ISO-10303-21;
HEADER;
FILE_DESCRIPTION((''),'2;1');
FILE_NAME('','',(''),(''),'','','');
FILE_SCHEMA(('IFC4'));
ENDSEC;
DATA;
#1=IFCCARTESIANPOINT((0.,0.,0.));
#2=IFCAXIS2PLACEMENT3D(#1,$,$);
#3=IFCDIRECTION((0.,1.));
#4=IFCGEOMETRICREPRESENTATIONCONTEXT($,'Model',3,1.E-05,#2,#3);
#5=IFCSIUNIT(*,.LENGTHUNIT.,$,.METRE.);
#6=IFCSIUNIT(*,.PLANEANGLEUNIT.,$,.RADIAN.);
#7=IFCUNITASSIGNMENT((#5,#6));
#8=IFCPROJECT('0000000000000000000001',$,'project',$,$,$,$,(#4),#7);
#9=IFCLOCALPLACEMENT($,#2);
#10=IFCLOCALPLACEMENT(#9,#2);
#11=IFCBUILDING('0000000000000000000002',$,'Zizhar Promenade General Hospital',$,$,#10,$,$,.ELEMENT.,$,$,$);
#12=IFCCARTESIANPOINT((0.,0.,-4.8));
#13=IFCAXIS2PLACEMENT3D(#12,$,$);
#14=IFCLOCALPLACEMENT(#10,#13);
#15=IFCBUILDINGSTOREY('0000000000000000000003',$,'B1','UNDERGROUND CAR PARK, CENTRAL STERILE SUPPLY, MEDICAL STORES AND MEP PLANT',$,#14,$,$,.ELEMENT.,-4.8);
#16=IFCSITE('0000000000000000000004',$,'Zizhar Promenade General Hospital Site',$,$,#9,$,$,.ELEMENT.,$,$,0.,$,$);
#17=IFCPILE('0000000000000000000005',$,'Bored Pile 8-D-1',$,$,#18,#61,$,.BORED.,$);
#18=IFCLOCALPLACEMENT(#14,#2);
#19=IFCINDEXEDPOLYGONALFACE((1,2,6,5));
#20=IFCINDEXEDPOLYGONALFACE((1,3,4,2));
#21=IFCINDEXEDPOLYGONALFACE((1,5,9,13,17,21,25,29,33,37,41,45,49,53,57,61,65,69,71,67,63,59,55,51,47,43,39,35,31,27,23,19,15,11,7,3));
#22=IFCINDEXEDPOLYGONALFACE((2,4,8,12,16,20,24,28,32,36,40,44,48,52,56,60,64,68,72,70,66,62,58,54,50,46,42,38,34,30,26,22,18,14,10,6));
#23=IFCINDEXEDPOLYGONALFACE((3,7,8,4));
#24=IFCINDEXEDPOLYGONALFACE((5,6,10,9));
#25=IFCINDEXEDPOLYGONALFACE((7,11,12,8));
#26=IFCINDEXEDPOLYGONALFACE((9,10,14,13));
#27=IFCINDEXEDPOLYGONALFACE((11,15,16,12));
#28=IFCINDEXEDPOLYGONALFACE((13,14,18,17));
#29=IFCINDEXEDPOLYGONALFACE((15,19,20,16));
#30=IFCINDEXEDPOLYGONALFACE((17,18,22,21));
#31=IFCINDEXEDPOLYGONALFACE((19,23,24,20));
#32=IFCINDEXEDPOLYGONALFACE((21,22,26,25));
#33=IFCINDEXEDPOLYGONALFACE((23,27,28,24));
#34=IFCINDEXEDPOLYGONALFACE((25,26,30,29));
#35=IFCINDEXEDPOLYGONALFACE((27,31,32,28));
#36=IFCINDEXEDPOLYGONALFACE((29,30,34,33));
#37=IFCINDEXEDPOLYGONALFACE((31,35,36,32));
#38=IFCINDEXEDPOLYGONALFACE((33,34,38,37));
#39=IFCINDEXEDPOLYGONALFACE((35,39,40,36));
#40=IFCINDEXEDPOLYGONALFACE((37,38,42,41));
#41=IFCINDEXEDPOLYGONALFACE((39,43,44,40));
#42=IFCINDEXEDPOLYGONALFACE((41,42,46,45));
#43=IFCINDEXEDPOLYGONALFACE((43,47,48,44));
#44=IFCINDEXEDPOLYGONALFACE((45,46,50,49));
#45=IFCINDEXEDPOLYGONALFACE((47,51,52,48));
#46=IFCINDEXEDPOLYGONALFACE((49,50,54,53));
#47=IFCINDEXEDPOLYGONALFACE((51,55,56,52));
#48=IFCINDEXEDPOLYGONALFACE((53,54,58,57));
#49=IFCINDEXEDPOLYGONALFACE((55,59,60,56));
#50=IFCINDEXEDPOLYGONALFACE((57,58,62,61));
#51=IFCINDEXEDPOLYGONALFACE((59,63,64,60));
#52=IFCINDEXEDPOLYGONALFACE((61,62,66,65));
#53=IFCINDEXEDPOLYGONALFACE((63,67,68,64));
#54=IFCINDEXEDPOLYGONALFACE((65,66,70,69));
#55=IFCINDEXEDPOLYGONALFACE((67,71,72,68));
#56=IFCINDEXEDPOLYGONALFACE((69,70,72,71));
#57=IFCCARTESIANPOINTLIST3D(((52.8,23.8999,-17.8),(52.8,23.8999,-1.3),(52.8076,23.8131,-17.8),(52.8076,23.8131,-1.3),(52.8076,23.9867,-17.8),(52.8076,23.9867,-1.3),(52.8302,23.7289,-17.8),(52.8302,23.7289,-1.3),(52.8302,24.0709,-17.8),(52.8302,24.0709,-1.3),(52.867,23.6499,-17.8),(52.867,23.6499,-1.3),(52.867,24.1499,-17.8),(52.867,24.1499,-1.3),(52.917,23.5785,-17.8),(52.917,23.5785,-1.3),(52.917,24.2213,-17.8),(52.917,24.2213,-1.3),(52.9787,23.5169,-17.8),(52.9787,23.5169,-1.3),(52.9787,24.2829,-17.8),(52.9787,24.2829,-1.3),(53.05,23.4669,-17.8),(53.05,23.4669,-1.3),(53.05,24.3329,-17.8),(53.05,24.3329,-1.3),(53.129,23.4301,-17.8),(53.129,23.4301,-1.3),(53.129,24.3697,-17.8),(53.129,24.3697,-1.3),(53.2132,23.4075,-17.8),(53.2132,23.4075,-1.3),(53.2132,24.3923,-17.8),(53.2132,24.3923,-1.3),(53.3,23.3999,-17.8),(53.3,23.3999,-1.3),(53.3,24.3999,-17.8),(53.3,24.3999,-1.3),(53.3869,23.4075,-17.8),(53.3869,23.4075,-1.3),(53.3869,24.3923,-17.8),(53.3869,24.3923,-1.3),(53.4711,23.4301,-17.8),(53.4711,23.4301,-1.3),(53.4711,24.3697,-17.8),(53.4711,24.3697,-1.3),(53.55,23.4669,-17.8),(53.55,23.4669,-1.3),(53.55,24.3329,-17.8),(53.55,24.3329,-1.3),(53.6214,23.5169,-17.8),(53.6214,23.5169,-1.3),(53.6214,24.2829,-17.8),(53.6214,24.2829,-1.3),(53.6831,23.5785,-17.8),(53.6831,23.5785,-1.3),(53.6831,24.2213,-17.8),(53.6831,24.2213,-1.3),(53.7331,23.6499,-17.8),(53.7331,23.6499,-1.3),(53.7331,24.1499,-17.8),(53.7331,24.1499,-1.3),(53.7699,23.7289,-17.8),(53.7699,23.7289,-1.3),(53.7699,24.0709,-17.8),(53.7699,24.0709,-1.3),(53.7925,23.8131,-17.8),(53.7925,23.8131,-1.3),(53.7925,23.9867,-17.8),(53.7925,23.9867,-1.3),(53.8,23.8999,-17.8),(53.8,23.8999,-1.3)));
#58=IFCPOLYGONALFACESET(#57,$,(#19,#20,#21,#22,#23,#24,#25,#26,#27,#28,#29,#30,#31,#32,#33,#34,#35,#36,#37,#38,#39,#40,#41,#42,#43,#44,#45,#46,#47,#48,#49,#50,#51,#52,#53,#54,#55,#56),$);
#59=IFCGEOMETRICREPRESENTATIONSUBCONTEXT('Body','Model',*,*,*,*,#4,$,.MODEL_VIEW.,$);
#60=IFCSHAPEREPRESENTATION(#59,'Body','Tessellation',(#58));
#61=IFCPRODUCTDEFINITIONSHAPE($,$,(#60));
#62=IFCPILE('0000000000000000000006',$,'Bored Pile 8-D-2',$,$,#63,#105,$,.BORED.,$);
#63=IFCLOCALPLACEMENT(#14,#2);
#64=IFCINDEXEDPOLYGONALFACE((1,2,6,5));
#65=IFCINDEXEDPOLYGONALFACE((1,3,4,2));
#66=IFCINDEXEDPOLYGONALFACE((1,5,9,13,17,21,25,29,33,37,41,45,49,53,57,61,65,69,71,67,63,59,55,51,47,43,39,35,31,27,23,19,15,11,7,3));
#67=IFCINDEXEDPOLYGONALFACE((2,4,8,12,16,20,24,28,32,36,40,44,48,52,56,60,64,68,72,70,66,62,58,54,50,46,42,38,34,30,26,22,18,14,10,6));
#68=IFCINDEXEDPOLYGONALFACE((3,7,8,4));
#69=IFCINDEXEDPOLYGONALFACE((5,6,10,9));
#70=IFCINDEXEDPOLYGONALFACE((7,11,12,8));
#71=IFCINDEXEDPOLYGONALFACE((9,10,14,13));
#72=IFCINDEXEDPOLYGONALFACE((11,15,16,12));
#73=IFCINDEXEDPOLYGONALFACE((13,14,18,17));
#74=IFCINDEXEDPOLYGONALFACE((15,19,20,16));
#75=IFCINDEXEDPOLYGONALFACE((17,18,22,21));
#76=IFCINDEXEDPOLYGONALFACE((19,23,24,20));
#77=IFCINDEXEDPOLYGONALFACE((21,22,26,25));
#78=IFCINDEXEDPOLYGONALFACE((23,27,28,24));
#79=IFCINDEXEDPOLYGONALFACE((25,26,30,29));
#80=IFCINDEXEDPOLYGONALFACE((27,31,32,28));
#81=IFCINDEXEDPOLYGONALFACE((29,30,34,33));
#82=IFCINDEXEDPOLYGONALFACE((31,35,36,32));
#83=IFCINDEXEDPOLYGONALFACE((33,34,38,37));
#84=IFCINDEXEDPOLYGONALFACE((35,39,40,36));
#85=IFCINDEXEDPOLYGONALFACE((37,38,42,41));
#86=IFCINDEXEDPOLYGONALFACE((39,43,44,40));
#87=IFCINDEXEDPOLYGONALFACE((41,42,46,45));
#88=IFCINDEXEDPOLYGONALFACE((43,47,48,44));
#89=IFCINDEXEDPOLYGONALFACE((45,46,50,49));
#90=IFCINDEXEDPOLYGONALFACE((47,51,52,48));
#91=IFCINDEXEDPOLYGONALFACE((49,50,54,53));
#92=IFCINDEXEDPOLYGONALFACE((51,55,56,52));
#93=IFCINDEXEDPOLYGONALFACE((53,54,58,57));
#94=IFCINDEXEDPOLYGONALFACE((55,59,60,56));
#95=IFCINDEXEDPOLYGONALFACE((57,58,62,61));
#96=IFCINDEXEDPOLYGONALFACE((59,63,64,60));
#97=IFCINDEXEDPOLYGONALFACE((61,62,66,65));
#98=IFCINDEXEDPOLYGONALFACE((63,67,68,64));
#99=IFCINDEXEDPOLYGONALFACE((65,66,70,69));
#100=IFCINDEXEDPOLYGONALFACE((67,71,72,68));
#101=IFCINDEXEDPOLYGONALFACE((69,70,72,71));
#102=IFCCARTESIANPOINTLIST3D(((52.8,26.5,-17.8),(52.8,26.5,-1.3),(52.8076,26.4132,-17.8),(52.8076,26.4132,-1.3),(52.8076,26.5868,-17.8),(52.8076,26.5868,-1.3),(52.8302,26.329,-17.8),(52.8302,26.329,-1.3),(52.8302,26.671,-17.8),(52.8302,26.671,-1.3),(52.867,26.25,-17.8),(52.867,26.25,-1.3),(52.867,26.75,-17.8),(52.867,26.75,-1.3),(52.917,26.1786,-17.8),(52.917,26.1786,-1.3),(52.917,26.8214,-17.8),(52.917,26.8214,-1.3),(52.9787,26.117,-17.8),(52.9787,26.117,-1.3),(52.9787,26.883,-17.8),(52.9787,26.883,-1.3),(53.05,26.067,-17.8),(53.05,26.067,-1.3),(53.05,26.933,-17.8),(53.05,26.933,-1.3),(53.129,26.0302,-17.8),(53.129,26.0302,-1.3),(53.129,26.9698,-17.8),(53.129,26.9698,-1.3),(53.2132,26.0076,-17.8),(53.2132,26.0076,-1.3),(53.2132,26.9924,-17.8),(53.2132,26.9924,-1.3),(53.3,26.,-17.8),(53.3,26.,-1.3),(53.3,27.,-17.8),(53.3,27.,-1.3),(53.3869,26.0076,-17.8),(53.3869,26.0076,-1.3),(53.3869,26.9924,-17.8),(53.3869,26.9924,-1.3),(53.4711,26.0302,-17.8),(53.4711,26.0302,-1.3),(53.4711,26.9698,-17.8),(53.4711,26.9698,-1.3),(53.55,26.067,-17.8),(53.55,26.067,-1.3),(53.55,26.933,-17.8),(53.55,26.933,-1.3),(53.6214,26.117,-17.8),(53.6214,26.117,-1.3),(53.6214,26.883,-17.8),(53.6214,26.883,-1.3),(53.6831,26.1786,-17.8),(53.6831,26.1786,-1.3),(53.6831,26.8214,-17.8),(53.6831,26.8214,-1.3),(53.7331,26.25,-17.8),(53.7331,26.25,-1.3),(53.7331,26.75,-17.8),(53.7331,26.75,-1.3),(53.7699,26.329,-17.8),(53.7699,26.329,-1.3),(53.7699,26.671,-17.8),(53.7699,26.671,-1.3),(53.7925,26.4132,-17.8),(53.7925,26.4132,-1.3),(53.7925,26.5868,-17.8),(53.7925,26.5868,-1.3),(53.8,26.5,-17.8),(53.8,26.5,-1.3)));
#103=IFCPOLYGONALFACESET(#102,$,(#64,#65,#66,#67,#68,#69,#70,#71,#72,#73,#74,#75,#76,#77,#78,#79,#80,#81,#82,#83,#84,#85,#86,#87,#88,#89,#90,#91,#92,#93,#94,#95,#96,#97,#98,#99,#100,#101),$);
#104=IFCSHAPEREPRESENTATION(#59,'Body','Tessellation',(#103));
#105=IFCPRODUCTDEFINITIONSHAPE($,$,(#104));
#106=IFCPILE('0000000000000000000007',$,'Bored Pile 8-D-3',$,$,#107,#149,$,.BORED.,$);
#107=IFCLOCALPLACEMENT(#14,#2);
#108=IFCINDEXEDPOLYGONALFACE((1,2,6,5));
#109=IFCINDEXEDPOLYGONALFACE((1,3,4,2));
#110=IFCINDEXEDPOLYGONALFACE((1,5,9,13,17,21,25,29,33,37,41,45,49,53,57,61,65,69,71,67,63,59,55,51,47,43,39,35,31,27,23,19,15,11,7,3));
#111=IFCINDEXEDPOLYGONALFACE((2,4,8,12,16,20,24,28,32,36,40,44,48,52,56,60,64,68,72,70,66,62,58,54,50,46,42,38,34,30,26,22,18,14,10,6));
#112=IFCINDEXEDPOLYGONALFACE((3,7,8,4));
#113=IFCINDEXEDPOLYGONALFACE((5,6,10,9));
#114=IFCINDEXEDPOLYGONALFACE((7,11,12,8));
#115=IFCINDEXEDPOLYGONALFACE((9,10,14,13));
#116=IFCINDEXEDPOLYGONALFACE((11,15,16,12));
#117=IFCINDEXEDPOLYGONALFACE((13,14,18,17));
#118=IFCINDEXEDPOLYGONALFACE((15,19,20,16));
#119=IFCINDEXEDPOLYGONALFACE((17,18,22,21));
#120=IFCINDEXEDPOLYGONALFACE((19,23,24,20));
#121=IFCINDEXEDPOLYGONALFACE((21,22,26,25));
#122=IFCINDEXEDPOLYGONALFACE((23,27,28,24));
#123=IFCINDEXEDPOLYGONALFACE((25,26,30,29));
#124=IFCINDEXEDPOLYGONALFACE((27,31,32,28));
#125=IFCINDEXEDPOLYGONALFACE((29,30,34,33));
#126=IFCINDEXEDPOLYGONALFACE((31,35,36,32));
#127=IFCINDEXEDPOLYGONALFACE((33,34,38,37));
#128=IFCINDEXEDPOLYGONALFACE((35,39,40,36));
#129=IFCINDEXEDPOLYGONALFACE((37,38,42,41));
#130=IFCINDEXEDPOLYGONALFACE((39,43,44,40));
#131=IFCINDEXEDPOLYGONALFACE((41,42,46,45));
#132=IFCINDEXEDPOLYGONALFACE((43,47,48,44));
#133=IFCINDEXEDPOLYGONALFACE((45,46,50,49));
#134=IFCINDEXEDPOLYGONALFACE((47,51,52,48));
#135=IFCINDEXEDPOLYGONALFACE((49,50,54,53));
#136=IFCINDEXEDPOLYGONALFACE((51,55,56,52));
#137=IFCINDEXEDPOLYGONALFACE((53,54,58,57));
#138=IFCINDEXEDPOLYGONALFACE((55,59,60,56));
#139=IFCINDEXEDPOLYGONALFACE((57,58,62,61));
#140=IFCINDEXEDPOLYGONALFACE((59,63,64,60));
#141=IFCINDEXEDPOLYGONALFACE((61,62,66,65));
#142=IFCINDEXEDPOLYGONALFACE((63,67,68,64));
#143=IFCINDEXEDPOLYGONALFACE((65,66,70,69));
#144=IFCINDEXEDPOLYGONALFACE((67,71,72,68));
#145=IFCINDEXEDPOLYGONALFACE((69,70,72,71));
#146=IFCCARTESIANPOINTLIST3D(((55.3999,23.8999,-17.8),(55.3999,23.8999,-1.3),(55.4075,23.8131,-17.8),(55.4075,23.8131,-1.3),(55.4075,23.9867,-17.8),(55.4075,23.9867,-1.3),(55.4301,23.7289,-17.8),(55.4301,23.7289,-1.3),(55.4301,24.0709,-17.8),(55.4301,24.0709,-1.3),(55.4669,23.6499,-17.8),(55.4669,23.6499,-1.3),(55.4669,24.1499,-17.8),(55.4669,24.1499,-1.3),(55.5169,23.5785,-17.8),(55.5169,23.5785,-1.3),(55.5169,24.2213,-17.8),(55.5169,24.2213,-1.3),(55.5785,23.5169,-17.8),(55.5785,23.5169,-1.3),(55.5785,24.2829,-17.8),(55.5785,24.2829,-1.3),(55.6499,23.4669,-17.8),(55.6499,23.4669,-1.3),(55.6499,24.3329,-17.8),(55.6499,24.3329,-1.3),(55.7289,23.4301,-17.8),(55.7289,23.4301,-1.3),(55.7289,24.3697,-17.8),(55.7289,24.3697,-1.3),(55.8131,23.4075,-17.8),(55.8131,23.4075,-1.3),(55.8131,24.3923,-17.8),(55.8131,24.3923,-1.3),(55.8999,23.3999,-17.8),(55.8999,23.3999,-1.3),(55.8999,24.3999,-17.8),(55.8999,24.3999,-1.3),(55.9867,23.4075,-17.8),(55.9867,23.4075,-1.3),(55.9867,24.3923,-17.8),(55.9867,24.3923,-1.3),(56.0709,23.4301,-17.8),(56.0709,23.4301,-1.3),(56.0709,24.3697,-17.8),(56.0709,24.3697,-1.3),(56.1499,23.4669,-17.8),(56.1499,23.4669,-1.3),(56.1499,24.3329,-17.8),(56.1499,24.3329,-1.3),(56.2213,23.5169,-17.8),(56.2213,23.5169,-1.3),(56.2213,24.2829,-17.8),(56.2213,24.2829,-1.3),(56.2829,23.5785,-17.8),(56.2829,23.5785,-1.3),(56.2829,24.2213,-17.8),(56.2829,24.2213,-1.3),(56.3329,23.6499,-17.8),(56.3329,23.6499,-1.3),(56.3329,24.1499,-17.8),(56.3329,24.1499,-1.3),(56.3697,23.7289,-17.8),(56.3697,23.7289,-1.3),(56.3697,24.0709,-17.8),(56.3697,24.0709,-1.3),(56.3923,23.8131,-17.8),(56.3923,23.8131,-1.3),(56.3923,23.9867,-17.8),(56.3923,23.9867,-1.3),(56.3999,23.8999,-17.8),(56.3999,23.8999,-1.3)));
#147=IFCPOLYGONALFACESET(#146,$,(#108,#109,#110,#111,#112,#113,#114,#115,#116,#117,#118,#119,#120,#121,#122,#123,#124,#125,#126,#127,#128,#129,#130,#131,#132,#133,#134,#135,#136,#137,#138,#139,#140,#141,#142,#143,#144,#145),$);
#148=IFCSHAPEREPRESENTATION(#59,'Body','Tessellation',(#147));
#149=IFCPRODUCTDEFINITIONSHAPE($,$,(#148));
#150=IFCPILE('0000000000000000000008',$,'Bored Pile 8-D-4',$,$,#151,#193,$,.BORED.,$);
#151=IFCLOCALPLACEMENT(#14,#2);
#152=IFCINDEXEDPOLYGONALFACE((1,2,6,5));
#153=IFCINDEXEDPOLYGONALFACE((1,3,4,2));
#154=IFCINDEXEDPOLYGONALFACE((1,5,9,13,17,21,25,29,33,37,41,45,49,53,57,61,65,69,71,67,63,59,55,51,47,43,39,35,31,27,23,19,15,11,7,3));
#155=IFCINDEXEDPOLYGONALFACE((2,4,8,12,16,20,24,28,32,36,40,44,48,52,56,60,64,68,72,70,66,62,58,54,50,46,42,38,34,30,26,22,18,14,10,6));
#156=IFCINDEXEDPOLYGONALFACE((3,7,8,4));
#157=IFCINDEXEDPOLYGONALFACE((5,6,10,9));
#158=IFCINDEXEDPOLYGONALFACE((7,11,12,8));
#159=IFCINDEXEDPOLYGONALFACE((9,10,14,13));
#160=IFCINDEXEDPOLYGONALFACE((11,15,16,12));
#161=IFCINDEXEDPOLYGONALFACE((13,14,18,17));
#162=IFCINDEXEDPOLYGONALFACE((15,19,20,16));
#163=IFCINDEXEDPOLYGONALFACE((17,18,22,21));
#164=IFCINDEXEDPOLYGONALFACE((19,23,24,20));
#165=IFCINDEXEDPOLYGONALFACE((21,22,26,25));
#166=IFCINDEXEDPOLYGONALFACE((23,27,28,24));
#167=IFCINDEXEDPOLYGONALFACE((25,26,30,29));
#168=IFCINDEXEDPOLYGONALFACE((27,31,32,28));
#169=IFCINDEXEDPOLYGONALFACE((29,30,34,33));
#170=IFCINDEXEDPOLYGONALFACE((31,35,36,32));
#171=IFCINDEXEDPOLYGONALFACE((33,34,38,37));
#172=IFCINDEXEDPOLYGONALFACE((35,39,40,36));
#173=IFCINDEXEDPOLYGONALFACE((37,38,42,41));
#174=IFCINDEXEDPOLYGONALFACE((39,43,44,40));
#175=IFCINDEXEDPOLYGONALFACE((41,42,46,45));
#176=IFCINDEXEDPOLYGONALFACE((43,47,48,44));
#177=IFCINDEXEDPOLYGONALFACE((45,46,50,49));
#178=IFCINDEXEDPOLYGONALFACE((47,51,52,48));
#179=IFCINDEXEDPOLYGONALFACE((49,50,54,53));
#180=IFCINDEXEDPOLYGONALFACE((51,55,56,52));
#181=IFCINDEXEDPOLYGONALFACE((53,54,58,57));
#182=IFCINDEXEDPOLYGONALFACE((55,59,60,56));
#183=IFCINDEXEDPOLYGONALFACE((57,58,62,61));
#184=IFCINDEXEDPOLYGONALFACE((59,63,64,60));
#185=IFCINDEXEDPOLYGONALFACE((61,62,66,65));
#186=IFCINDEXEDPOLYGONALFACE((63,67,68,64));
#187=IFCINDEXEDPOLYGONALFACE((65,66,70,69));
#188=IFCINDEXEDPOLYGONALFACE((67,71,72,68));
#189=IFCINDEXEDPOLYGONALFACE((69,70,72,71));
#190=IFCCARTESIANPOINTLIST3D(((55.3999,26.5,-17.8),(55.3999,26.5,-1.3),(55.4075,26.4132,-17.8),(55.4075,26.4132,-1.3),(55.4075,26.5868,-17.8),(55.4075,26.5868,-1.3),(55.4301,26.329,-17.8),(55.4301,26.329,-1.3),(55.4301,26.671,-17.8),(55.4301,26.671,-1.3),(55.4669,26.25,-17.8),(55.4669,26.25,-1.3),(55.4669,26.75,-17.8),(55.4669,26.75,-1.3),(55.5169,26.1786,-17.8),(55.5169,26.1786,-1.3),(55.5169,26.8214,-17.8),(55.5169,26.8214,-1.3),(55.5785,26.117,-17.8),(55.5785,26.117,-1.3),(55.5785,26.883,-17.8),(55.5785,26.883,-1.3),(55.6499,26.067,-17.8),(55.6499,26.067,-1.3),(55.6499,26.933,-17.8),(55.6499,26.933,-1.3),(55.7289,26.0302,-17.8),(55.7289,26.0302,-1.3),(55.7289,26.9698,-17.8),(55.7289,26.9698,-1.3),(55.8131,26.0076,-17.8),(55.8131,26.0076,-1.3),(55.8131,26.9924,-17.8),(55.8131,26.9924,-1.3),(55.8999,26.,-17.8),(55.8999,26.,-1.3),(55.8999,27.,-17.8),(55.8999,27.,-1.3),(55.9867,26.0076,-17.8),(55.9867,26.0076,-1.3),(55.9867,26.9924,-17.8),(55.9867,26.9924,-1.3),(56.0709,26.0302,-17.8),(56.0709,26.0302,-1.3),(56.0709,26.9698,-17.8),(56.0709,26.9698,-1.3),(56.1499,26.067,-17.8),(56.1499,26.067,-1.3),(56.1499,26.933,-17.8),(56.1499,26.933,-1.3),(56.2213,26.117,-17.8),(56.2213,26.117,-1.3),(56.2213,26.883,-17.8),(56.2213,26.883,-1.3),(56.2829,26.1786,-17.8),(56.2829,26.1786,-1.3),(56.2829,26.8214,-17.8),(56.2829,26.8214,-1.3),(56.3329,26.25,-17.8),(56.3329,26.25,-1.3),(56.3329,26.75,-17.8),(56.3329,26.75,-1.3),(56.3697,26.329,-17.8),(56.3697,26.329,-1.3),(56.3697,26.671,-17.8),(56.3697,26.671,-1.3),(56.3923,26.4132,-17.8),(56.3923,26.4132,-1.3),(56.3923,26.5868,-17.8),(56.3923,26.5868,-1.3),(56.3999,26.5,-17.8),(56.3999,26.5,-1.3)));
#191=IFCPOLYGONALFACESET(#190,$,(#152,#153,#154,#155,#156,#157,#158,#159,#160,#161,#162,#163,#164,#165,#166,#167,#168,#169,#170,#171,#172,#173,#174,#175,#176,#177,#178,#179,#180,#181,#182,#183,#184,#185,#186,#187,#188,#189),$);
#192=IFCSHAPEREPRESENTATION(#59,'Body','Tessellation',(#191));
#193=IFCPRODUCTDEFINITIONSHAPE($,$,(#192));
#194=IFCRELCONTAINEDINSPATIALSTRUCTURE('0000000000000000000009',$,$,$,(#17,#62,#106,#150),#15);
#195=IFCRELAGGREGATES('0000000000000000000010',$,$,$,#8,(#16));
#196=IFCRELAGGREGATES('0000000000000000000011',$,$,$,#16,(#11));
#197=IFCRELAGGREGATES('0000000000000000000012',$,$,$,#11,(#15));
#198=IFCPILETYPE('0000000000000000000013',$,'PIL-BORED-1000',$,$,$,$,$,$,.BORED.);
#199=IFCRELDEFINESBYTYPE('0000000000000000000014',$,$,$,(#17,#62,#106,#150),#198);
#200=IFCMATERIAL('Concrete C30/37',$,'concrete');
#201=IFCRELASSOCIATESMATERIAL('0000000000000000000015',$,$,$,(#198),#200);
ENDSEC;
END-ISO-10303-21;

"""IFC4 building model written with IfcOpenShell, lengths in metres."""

from ifc_helpers import new_model, si_unit, direction, frame, origin, origin_2d, place, context, subcontext, project, spatial, circle, extrude, material, material_profile, profile_set, type_object, element, save


model = new_model("IFC4")

# Units and contexts
model_context = context("Model", 3, precision=1e-05, world=origin(), true_north=direction((0.0, 1.0)))
body_context = subcontext(model_context, "Body", "Model", "MODEL_VIEW")
ifc_project = project(units=[si_unit("LENGTHUNIT", "METRE"), si_unit("PLANEANGLEUNIT", "RADIAN")], contexts=[model_context])

# Site, building, storey
site_placement = place(None, origin())
site = spatial("IfcSite", under=ifc_project, at=site_placement, Name="Zizhar Promenade General Hospital Site", CompositionType="ELEMENT", RefElevation=0.0)
building_placement = place(site_placement, origin())
building = spatial("IfcBuilding", under=site, at=building_placement, Name="Zizhar Promenade General Hospital", CompositionType="ELEMENT")
storey_placement = place(building_placement, frame((0.0, 0.0, -4.8)))
storey = spatial("IfcBuildingStorey", under=building, at=storey_placement, Name="B1", Description="UNDERGROUND CAR PARK, CENTRAL STERILE SUPPLY, MEDICAL STORES AND MEP PLANT", CompositionType="ELEMENT", Elevation=-4.8)

# Piles
ifc_material_1 = material(Name="Concrete C30/37", Category="concrete")
ifc_material_profile_1 = material_profile(ifc_material_1, circle(Radius=0.5, at=origin_2d()))
ifc_profile_set_1 = profile_set([ifc_material_profile_1], Name="Concrete C30/37")
pile_type = type_object("IfcPileType", Name="PIL-BORED-1000", PredefinedType="BORED", material=ifc_profile_set_1)
for number, where, z_axis, x_axis, name in (
    (1, (53.3, 23.8999, -1.3), (0.0, 0.0, -1.0), (1.0, 0.0, 0.0), "Bored Pile 8-D-1"),
    (2, (53.3, 26.5, -1.3), (0.0, 0.0, -1.0), (1.0, 0.0, 0.0), "Bored Pile 8-D-2"),
    (3, (55.8999, 23.8999, -1.3), (0.0, 0.0, -1.0), (1.0, 0.0, 0.0), "Bored Pile 8-D-3"),
    (4, (55.8999, 26.5, -1.3), (0.0, 0.0, -1.0), (1.0, 0.0, 0.0), "Bored Pile 8-D-4"),
):
    element("IfcPile", number, at=place(storey_placement, frame(where, z_axis=z_axis, x_axis=x_axis)), inside=storey, type_object=pile_type, Name=name, PredefinedType="BORED", context=body_context, shape_type="SweptSolid", body=[
        extrude(circle(Radius=0.5, at=origin_2d()), origin(), (0.0, 0.0, 1.0), 16.5),
    ])

save(model, "model.ifc")
